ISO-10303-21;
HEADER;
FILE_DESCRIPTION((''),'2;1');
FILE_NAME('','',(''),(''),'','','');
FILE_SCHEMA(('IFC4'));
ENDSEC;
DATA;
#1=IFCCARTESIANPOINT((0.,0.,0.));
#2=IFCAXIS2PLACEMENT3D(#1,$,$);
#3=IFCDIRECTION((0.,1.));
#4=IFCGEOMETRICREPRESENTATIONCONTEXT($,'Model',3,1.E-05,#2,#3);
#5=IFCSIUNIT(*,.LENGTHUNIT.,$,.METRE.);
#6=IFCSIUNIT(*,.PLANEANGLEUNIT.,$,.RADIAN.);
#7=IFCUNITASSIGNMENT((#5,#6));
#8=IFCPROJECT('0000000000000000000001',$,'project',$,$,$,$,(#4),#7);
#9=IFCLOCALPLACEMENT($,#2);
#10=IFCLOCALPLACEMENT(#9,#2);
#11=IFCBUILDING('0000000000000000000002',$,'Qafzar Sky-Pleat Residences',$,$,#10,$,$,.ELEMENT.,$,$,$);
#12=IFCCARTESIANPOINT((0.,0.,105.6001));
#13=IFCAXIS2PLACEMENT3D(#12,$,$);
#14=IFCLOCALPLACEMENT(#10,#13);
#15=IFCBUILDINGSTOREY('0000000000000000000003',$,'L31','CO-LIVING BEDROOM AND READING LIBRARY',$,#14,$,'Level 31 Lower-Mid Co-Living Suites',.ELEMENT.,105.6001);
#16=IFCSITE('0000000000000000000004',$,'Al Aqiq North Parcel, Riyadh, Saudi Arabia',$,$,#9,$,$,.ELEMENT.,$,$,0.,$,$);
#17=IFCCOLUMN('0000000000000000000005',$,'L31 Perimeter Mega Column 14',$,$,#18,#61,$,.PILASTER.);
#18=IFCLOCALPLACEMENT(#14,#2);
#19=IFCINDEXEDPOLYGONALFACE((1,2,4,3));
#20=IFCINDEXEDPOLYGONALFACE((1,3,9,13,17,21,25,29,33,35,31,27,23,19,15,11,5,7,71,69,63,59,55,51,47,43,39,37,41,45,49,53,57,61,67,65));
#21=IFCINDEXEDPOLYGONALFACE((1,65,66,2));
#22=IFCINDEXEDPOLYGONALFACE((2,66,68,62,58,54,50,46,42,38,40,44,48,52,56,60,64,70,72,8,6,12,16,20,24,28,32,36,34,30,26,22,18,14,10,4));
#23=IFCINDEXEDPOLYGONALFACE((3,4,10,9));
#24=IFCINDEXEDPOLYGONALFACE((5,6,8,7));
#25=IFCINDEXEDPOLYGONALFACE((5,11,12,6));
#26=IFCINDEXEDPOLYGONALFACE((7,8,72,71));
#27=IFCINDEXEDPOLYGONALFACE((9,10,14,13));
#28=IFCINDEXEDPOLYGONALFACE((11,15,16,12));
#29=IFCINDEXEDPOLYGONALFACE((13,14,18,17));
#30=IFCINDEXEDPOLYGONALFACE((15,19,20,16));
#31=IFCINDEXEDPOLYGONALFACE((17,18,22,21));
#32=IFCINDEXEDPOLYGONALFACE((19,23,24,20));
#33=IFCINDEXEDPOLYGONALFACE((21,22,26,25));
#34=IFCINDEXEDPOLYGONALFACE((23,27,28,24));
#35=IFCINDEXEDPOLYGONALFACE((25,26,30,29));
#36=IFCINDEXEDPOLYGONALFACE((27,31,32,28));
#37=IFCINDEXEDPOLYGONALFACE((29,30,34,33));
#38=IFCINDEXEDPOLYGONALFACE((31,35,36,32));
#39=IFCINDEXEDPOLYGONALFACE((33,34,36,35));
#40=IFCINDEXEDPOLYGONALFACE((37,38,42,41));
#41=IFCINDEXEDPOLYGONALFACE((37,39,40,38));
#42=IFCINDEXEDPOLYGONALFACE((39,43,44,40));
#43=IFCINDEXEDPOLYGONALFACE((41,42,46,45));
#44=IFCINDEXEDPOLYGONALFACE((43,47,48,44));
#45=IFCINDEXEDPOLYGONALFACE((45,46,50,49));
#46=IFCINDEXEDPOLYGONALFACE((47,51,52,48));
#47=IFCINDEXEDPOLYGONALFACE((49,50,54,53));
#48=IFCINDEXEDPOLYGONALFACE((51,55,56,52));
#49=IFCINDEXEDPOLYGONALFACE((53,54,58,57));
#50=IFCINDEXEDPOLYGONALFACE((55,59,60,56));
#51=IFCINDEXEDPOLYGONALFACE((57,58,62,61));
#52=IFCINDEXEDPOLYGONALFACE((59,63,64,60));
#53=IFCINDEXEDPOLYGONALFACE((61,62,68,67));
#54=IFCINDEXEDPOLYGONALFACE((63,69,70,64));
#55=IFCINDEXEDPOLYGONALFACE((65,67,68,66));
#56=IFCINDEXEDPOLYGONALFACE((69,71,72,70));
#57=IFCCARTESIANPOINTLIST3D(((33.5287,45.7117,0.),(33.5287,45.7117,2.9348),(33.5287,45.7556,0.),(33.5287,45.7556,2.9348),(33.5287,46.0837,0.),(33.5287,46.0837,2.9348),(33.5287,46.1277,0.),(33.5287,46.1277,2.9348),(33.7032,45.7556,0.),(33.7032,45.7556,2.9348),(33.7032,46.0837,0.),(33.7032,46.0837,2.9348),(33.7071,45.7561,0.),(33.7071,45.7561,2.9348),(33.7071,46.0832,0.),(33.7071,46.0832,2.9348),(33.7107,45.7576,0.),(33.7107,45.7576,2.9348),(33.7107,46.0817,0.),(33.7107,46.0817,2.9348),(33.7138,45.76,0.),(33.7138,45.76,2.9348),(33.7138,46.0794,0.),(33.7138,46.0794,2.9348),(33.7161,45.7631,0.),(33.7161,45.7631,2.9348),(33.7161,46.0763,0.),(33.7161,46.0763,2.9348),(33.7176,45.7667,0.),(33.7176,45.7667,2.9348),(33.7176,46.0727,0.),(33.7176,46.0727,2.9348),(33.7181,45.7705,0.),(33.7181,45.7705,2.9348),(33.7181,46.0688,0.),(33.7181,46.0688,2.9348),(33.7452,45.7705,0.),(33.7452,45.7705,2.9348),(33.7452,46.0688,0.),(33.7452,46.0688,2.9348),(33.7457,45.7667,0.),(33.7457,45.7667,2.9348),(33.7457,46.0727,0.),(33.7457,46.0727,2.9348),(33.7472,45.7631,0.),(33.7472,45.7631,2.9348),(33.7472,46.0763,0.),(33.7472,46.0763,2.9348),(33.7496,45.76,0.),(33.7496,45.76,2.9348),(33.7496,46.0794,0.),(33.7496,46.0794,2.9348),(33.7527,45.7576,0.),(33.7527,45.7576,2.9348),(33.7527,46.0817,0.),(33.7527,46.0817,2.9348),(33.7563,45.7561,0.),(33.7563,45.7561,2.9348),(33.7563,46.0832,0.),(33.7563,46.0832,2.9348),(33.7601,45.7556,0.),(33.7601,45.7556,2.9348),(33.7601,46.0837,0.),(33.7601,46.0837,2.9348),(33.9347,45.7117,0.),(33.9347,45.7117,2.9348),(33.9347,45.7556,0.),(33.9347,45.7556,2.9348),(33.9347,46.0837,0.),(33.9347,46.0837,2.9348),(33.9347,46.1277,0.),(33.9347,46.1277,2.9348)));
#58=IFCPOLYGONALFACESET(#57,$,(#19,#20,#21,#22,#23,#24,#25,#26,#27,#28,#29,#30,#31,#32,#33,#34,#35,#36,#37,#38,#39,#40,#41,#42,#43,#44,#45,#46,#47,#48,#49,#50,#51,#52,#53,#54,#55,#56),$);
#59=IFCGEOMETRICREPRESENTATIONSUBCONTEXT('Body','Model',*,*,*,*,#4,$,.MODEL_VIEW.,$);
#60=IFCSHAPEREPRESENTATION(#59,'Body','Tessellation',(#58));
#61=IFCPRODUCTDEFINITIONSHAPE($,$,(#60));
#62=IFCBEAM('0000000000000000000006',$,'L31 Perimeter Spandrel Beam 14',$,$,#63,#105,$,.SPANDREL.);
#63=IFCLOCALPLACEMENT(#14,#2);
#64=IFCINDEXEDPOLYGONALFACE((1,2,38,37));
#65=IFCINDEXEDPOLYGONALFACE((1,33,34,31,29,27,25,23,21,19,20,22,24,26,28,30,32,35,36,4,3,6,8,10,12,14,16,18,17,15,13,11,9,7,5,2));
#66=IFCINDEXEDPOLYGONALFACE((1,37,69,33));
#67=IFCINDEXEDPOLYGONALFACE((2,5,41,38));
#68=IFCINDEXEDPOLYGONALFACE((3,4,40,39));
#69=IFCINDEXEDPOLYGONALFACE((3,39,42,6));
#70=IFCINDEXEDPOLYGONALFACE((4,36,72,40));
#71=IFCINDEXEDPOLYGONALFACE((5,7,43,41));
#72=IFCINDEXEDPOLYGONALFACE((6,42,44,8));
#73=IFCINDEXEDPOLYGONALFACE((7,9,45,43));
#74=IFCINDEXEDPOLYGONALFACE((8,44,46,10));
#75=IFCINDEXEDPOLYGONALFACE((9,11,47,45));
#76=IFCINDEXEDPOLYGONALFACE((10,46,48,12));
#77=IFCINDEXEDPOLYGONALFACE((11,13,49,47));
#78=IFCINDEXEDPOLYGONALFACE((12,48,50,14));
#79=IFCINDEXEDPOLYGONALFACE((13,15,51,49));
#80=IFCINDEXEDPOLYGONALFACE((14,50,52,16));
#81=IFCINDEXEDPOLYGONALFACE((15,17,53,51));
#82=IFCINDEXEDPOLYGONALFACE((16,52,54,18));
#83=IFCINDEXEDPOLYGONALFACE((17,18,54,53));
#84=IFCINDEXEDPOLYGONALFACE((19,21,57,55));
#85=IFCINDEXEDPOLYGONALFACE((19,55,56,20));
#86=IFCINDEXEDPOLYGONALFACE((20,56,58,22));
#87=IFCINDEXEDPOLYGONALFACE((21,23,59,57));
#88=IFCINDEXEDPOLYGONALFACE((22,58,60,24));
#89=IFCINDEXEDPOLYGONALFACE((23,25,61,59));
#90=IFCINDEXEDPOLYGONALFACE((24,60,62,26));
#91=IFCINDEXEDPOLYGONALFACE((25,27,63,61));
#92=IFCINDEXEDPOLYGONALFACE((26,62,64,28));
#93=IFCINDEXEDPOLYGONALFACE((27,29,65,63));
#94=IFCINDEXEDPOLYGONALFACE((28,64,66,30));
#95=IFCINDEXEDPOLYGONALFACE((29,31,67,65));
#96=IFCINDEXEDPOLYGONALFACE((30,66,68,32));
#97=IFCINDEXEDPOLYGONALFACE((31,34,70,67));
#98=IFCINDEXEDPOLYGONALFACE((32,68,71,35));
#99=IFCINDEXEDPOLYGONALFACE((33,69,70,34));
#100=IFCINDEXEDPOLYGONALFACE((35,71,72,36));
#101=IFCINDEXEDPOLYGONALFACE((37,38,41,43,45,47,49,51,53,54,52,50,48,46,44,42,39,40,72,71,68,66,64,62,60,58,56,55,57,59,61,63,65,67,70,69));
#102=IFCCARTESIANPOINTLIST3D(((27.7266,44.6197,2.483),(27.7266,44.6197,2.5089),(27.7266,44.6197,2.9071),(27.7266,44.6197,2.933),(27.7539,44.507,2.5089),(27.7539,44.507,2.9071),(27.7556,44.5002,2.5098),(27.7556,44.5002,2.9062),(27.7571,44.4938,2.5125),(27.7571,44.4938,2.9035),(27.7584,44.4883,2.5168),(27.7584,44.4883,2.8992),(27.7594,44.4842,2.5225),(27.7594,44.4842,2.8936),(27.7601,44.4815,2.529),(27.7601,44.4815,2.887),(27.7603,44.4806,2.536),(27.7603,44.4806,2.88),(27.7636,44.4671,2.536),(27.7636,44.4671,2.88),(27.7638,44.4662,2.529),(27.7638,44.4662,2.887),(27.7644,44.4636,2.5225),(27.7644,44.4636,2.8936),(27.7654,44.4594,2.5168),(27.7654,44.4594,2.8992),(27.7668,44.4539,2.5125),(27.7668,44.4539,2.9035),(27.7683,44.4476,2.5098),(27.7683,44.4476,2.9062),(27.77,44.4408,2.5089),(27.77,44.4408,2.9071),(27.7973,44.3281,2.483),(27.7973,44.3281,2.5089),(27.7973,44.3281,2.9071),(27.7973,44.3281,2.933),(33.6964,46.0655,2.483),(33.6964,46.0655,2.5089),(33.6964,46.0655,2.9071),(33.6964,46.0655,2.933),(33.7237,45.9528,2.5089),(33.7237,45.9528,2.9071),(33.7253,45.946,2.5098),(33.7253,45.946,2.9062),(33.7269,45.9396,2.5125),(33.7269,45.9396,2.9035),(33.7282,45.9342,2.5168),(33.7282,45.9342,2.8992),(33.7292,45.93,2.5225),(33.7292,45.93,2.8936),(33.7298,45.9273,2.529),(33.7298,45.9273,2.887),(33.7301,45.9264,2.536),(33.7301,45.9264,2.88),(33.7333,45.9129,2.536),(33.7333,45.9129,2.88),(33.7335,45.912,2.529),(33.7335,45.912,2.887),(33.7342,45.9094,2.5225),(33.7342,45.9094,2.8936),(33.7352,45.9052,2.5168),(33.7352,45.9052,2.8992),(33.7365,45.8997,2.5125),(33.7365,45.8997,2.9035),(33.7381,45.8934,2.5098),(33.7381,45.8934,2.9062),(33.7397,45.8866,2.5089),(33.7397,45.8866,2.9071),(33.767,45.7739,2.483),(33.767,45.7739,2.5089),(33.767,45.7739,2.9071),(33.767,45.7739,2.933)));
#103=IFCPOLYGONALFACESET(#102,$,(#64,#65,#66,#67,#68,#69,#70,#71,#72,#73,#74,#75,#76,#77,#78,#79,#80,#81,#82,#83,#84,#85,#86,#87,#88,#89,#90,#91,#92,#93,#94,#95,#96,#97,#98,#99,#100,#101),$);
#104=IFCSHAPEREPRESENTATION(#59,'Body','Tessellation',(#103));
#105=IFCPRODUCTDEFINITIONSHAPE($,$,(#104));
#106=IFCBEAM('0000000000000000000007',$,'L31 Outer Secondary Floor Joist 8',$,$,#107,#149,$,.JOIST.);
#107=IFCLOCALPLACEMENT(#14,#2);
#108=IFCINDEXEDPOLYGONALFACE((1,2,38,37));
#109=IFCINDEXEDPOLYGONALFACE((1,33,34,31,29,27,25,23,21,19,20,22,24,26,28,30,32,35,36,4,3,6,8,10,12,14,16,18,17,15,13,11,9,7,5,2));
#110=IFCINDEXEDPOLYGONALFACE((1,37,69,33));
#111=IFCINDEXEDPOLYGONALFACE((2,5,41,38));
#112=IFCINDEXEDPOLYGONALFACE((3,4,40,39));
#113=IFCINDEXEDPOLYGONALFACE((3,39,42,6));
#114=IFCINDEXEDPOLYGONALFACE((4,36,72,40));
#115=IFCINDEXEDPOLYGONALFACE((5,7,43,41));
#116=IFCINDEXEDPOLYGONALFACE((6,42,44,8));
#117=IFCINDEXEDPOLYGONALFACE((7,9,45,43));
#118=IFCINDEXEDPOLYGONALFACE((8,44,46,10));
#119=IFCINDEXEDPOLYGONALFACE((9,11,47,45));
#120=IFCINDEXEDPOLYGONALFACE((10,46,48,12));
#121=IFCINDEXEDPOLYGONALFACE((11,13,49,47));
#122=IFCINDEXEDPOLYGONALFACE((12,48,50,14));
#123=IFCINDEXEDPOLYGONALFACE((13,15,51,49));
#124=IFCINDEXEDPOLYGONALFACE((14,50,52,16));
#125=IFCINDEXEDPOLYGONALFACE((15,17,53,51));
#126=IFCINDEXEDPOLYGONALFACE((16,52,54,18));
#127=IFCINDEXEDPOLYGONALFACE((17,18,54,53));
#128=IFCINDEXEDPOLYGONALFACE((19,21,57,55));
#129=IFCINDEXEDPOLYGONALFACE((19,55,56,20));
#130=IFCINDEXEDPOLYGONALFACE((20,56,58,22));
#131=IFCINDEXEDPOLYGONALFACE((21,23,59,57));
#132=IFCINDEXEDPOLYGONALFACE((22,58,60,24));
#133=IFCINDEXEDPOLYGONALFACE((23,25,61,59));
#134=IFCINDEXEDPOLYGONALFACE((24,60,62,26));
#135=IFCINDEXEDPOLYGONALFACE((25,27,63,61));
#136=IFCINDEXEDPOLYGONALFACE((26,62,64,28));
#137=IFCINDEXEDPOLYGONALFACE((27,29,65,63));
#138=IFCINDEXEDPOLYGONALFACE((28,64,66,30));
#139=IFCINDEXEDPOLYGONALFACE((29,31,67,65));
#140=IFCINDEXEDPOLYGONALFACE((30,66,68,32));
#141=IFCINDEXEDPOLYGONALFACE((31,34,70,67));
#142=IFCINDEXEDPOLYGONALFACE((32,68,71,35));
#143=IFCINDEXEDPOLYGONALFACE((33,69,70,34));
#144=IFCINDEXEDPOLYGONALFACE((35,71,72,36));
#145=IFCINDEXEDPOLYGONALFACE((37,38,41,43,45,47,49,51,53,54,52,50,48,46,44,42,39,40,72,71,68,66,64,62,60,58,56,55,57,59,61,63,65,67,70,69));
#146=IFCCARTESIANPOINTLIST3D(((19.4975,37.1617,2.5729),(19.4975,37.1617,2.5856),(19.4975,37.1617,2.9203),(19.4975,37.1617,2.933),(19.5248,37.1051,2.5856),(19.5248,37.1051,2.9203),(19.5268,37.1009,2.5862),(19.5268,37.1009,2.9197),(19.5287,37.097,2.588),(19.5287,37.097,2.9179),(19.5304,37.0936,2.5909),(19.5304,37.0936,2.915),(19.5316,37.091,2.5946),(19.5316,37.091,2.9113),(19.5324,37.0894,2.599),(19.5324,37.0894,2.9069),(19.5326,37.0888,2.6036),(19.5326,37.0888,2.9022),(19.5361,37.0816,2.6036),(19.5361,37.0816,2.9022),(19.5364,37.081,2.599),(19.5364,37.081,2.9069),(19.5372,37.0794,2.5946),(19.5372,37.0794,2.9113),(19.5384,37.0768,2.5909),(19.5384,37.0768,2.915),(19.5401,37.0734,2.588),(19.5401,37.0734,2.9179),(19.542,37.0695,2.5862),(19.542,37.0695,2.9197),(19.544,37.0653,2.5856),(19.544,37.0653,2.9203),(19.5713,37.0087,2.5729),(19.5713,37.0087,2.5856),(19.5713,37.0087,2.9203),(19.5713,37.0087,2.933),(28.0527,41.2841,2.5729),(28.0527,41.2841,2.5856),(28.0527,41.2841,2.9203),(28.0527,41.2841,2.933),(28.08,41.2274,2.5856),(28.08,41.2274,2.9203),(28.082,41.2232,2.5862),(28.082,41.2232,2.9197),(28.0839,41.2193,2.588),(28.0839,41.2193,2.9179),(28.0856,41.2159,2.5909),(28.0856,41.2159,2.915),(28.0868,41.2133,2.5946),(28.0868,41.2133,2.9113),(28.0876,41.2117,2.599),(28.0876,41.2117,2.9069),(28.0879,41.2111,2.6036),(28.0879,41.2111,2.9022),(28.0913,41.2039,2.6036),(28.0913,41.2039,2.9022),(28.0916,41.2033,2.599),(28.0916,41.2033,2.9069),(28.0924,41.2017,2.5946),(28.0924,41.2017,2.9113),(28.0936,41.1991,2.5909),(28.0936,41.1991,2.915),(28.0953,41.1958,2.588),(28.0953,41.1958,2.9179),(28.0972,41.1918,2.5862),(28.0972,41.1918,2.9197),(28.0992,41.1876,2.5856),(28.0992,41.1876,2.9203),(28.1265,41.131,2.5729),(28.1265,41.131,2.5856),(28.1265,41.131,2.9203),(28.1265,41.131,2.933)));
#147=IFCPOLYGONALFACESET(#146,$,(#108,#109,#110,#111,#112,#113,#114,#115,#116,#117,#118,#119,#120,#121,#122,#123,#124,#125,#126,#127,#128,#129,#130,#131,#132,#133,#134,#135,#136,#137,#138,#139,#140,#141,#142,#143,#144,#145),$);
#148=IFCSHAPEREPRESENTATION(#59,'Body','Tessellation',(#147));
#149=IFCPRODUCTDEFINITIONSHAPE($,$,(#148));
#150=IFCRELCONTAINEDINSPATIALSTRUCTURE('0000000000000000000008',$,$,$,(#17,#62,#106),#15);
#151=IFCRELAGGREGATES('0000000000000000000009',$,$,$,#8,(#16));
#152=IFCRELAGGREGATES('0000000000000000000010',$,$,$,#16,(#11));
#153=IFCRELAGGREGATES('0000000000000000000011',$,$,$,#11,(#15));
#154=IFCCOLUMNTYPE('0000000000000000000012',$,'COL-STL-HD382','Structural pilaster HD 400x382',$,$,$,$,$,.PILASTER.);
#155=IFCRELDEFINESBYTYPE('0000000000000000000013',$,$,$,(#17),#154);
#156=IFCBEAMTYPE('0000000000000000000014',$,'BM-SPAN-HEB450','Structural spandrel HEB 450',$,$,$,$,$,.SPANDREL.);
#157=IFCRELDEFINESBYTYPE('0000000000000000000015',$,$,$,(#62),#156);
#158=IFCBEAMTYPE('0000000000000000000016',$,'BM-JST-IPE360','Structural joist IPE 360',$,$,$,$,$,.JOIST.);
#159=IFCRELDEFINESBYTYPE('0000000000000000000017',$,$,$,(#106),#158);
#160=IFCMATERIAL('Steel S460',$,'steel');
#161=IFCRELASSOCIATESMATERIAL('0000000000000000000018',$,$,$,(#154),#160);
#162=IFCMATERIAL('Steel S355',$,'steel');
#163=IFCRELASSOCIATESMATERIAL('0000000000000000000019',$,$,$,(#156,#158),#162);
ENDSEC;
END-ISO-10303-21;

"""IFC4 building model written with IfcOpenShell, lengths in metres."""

from ifc_helpers import new_model, si_unit, direction, frame, origin, origin_2d, place, context, subcontext, project, spatial, i_section, extrude, source, transform, mapped, material, material_profile, profile_set, type_object, element, save


model = new_model("IFC4")

# Units and contexts
model_context = context("Model", 3, precision=1e-05, world=origin(), true_north=direction((0.0, 1.0)))
body_context = subcontext(model_context, "Body", "Model", "MODEL_VIEW")
ifc_project = project(units=[si_unit("LENGTHUNIT", "METRE"), si_unit("PLANEANGLEUNIT", "RADIAN")], contexts=[model_context])

# Site, building, storey
site_placement = place(None, origin())
site = spatial("IfcSite", under=ifc_project, at=site_placement, Name="Al Aqiq North Parcel, Riyadh, Saudi Arabia", CompositionType="ELEMENT", RefElevation=0.0)
building_placement = place(site_placement, origin())
building = spatial("IfcBuilding", under=site, at=building_placement, Name="Qafzar Sky-Pleat Residences", CompositionType="ELEMENT")
storey_placement = place(building_placement, frame((0.0, 0.0, 105.6001)))
storey = spatial("IfcBuildingStorey", under=building, at=storey_placement, Name="L31", Description="CO-LIVING BEDROOM AND READING LIBRARY", LongName="Level 31 Lower-Mid Co-Living Suites", CompositionType="ELEMENT", Elevation=105.6001)

# Column
ifc_material_1 = material(Name="Steel S460", Category="steel")
ifc_material_profile_1 = material_profile(ifc_material_1, i_section(OverallWidth=0.406, OverallDepth=0.416, WebThickness=0.0271, FlangeThickness=0.0439, FilletRadius=0.0149, at=origin_2d()), Name="HD 400x382")
ifc_profile_set_1 = profile_set([ifc_material_profile_1], Name="Steel S460")
column_type = type_object("IfcColumnType", Name="COL-STL-HD382", Description="Structural pilaster HD 400x382", PredefinedType="PILASTER", material=ifc_profile_set_1)
shared_shape_1 = source(origin(), body_context, "Body", "SweptSolid", [
    extrude(i_section(OverallWidth=0.406, OverallDepth=0.416, WebThickness=0.0271, FlangeThickness=0.0439, FilletRadius=0.0149, at=origin_2d()), origin(), (0.0, 0.0, 1.0), 2.9348),
])
column_placement = place(storey_placement, frame((33.7317, 45.9197, 0.0), z_axis=(0.0, 0.0, 1.0), x_axis=(1.0, 0.0, 0.0)))
element("IfcColumn", 1, at=column_placement, inside=storey, type_object=column_type, Name="L31 Perimeter Mega Column 14", PredefinedType="PILASTER", context=body_context, shape_type="MappedRepresentation", body=[
    mapped(shared_shape_1, transform((0.0, 0.0, 0.0), x_axis=(1.0, 0.0, 0.0), y_axis=(0.0, 1.0, 0.0), z_axis=(0.0, 0.0, 1.0), scale=1.0)),
])

# Beams
ifc_material_2 = material(Name="Steel S355", Category="steel")
ifc_material_profile_2 = material_profile(ifc_material_2, i_section(OverallWidth=0.3, OverallDepth=0.45, WebThickness=0.0139, FlangeThickness=0.0259, FilletRadius=0.0271, at=origin_2d()), Name="HEB 450")
ifc_profile_set_2 = profile_set([ifc_material_profile_2], Name="Steel S355")
beam_type_1 = type_object("IfcBeamType", Name="BM-SPAN-HEB450", Description="Structural spandrel HEB 450", PredefinedType="SPANDREL", material=ifc_profile_set_2)
shared_shape_2 = source(origin(), body_context, "Body", "SweptSolid", [
    extrude(i_section(OverallWidth=0.3, OverallDepth=0.45, WebThickness=0.0139, FlangeThickness=0.0259, FilletRadius=0.0271, at=origin_2d()), origin(), (0.0, 0.0, 1.0), 6.1423),
])
beam_1_placement = place(storey_placement, frame((33.7317, 45.9197, 2.708), z_axis=(-0.971902, -0.235384, 0.0), x_axis=(0.235384, -0.971902, 0.0)))
element("IfcBeam", 2, at=beam_1_placement, inside=storey, type_object=beam_type_1, Name="L31 Perimeter Spandrel Beam 14", PredefinedType="SPANDREL", context=body_context, shape_type="MappedRepresentation", body=[
    mapped(shared_shape_2, transform((0.0, 0.0, 0.0), x_axis=(1.0, 0.0, 0.0), y_axis=(0.0, 1.0, 0.0), z_axis=(0.0, 0.0, 1.0), scale=1.0)),
])
ifc_material_profile_3 = material_profile(ifc_material_2, i_section(OverallWidth=0.1699, OverallDepth=0.3601, WebThickness=0.0081, FlangeThickness=0.0127, FilletRadius=0.0181, at=origin_2d()), Name="IPE 360")
ifc_profile_set_3 = profile_set([ifc_material_profile_3], Name="Steel S355")
beam_type_2 = type_object("IfcBeamType", Name="BM-JST-IPE360", Description="Structural joist IPE 360", PredefinedType="JOIST", material=ifc_profile_set_3)
shared_shape_3 = source(origin(), body_context, "Body", "SweptSolid", [
    extrude(i_section(OverallWidth=0.1699, OverallDepth=0.3601, WebThickness=0.0081, FlangeThickness=0.0127, FilletRadius=0.0181, at=origin_2d()), origin(), (0.0, 0.0, 1.0), 9.4966),
])
beam_2_placement = place(storey_placement, frame((28.0896, 41.2075, 2.7529), z_axis=(-0.900872, -0.434085, 0.0), x_axis=(0.434085, -0.900872, 0.0)))
element("IfcBeam", 3, at=beam_2_placement, inside=storey, type_object=beam_type_2, Name="L31 Outer Secondary Floor Joist 8", PredefinedType="JOIST", context=body_context, shape_type="MappedRepresentation", body=[
    mapped(shared_shape_3, transform((0.0, 0.0, 0.0), x_axis=(1.0, 0.0, 0.0), y_axis=(0.0, 1.0, 0.0), z_axis=(0.0, 0.0, 1.0), scale=1.0)),
])

save(model, "model.ifc")
